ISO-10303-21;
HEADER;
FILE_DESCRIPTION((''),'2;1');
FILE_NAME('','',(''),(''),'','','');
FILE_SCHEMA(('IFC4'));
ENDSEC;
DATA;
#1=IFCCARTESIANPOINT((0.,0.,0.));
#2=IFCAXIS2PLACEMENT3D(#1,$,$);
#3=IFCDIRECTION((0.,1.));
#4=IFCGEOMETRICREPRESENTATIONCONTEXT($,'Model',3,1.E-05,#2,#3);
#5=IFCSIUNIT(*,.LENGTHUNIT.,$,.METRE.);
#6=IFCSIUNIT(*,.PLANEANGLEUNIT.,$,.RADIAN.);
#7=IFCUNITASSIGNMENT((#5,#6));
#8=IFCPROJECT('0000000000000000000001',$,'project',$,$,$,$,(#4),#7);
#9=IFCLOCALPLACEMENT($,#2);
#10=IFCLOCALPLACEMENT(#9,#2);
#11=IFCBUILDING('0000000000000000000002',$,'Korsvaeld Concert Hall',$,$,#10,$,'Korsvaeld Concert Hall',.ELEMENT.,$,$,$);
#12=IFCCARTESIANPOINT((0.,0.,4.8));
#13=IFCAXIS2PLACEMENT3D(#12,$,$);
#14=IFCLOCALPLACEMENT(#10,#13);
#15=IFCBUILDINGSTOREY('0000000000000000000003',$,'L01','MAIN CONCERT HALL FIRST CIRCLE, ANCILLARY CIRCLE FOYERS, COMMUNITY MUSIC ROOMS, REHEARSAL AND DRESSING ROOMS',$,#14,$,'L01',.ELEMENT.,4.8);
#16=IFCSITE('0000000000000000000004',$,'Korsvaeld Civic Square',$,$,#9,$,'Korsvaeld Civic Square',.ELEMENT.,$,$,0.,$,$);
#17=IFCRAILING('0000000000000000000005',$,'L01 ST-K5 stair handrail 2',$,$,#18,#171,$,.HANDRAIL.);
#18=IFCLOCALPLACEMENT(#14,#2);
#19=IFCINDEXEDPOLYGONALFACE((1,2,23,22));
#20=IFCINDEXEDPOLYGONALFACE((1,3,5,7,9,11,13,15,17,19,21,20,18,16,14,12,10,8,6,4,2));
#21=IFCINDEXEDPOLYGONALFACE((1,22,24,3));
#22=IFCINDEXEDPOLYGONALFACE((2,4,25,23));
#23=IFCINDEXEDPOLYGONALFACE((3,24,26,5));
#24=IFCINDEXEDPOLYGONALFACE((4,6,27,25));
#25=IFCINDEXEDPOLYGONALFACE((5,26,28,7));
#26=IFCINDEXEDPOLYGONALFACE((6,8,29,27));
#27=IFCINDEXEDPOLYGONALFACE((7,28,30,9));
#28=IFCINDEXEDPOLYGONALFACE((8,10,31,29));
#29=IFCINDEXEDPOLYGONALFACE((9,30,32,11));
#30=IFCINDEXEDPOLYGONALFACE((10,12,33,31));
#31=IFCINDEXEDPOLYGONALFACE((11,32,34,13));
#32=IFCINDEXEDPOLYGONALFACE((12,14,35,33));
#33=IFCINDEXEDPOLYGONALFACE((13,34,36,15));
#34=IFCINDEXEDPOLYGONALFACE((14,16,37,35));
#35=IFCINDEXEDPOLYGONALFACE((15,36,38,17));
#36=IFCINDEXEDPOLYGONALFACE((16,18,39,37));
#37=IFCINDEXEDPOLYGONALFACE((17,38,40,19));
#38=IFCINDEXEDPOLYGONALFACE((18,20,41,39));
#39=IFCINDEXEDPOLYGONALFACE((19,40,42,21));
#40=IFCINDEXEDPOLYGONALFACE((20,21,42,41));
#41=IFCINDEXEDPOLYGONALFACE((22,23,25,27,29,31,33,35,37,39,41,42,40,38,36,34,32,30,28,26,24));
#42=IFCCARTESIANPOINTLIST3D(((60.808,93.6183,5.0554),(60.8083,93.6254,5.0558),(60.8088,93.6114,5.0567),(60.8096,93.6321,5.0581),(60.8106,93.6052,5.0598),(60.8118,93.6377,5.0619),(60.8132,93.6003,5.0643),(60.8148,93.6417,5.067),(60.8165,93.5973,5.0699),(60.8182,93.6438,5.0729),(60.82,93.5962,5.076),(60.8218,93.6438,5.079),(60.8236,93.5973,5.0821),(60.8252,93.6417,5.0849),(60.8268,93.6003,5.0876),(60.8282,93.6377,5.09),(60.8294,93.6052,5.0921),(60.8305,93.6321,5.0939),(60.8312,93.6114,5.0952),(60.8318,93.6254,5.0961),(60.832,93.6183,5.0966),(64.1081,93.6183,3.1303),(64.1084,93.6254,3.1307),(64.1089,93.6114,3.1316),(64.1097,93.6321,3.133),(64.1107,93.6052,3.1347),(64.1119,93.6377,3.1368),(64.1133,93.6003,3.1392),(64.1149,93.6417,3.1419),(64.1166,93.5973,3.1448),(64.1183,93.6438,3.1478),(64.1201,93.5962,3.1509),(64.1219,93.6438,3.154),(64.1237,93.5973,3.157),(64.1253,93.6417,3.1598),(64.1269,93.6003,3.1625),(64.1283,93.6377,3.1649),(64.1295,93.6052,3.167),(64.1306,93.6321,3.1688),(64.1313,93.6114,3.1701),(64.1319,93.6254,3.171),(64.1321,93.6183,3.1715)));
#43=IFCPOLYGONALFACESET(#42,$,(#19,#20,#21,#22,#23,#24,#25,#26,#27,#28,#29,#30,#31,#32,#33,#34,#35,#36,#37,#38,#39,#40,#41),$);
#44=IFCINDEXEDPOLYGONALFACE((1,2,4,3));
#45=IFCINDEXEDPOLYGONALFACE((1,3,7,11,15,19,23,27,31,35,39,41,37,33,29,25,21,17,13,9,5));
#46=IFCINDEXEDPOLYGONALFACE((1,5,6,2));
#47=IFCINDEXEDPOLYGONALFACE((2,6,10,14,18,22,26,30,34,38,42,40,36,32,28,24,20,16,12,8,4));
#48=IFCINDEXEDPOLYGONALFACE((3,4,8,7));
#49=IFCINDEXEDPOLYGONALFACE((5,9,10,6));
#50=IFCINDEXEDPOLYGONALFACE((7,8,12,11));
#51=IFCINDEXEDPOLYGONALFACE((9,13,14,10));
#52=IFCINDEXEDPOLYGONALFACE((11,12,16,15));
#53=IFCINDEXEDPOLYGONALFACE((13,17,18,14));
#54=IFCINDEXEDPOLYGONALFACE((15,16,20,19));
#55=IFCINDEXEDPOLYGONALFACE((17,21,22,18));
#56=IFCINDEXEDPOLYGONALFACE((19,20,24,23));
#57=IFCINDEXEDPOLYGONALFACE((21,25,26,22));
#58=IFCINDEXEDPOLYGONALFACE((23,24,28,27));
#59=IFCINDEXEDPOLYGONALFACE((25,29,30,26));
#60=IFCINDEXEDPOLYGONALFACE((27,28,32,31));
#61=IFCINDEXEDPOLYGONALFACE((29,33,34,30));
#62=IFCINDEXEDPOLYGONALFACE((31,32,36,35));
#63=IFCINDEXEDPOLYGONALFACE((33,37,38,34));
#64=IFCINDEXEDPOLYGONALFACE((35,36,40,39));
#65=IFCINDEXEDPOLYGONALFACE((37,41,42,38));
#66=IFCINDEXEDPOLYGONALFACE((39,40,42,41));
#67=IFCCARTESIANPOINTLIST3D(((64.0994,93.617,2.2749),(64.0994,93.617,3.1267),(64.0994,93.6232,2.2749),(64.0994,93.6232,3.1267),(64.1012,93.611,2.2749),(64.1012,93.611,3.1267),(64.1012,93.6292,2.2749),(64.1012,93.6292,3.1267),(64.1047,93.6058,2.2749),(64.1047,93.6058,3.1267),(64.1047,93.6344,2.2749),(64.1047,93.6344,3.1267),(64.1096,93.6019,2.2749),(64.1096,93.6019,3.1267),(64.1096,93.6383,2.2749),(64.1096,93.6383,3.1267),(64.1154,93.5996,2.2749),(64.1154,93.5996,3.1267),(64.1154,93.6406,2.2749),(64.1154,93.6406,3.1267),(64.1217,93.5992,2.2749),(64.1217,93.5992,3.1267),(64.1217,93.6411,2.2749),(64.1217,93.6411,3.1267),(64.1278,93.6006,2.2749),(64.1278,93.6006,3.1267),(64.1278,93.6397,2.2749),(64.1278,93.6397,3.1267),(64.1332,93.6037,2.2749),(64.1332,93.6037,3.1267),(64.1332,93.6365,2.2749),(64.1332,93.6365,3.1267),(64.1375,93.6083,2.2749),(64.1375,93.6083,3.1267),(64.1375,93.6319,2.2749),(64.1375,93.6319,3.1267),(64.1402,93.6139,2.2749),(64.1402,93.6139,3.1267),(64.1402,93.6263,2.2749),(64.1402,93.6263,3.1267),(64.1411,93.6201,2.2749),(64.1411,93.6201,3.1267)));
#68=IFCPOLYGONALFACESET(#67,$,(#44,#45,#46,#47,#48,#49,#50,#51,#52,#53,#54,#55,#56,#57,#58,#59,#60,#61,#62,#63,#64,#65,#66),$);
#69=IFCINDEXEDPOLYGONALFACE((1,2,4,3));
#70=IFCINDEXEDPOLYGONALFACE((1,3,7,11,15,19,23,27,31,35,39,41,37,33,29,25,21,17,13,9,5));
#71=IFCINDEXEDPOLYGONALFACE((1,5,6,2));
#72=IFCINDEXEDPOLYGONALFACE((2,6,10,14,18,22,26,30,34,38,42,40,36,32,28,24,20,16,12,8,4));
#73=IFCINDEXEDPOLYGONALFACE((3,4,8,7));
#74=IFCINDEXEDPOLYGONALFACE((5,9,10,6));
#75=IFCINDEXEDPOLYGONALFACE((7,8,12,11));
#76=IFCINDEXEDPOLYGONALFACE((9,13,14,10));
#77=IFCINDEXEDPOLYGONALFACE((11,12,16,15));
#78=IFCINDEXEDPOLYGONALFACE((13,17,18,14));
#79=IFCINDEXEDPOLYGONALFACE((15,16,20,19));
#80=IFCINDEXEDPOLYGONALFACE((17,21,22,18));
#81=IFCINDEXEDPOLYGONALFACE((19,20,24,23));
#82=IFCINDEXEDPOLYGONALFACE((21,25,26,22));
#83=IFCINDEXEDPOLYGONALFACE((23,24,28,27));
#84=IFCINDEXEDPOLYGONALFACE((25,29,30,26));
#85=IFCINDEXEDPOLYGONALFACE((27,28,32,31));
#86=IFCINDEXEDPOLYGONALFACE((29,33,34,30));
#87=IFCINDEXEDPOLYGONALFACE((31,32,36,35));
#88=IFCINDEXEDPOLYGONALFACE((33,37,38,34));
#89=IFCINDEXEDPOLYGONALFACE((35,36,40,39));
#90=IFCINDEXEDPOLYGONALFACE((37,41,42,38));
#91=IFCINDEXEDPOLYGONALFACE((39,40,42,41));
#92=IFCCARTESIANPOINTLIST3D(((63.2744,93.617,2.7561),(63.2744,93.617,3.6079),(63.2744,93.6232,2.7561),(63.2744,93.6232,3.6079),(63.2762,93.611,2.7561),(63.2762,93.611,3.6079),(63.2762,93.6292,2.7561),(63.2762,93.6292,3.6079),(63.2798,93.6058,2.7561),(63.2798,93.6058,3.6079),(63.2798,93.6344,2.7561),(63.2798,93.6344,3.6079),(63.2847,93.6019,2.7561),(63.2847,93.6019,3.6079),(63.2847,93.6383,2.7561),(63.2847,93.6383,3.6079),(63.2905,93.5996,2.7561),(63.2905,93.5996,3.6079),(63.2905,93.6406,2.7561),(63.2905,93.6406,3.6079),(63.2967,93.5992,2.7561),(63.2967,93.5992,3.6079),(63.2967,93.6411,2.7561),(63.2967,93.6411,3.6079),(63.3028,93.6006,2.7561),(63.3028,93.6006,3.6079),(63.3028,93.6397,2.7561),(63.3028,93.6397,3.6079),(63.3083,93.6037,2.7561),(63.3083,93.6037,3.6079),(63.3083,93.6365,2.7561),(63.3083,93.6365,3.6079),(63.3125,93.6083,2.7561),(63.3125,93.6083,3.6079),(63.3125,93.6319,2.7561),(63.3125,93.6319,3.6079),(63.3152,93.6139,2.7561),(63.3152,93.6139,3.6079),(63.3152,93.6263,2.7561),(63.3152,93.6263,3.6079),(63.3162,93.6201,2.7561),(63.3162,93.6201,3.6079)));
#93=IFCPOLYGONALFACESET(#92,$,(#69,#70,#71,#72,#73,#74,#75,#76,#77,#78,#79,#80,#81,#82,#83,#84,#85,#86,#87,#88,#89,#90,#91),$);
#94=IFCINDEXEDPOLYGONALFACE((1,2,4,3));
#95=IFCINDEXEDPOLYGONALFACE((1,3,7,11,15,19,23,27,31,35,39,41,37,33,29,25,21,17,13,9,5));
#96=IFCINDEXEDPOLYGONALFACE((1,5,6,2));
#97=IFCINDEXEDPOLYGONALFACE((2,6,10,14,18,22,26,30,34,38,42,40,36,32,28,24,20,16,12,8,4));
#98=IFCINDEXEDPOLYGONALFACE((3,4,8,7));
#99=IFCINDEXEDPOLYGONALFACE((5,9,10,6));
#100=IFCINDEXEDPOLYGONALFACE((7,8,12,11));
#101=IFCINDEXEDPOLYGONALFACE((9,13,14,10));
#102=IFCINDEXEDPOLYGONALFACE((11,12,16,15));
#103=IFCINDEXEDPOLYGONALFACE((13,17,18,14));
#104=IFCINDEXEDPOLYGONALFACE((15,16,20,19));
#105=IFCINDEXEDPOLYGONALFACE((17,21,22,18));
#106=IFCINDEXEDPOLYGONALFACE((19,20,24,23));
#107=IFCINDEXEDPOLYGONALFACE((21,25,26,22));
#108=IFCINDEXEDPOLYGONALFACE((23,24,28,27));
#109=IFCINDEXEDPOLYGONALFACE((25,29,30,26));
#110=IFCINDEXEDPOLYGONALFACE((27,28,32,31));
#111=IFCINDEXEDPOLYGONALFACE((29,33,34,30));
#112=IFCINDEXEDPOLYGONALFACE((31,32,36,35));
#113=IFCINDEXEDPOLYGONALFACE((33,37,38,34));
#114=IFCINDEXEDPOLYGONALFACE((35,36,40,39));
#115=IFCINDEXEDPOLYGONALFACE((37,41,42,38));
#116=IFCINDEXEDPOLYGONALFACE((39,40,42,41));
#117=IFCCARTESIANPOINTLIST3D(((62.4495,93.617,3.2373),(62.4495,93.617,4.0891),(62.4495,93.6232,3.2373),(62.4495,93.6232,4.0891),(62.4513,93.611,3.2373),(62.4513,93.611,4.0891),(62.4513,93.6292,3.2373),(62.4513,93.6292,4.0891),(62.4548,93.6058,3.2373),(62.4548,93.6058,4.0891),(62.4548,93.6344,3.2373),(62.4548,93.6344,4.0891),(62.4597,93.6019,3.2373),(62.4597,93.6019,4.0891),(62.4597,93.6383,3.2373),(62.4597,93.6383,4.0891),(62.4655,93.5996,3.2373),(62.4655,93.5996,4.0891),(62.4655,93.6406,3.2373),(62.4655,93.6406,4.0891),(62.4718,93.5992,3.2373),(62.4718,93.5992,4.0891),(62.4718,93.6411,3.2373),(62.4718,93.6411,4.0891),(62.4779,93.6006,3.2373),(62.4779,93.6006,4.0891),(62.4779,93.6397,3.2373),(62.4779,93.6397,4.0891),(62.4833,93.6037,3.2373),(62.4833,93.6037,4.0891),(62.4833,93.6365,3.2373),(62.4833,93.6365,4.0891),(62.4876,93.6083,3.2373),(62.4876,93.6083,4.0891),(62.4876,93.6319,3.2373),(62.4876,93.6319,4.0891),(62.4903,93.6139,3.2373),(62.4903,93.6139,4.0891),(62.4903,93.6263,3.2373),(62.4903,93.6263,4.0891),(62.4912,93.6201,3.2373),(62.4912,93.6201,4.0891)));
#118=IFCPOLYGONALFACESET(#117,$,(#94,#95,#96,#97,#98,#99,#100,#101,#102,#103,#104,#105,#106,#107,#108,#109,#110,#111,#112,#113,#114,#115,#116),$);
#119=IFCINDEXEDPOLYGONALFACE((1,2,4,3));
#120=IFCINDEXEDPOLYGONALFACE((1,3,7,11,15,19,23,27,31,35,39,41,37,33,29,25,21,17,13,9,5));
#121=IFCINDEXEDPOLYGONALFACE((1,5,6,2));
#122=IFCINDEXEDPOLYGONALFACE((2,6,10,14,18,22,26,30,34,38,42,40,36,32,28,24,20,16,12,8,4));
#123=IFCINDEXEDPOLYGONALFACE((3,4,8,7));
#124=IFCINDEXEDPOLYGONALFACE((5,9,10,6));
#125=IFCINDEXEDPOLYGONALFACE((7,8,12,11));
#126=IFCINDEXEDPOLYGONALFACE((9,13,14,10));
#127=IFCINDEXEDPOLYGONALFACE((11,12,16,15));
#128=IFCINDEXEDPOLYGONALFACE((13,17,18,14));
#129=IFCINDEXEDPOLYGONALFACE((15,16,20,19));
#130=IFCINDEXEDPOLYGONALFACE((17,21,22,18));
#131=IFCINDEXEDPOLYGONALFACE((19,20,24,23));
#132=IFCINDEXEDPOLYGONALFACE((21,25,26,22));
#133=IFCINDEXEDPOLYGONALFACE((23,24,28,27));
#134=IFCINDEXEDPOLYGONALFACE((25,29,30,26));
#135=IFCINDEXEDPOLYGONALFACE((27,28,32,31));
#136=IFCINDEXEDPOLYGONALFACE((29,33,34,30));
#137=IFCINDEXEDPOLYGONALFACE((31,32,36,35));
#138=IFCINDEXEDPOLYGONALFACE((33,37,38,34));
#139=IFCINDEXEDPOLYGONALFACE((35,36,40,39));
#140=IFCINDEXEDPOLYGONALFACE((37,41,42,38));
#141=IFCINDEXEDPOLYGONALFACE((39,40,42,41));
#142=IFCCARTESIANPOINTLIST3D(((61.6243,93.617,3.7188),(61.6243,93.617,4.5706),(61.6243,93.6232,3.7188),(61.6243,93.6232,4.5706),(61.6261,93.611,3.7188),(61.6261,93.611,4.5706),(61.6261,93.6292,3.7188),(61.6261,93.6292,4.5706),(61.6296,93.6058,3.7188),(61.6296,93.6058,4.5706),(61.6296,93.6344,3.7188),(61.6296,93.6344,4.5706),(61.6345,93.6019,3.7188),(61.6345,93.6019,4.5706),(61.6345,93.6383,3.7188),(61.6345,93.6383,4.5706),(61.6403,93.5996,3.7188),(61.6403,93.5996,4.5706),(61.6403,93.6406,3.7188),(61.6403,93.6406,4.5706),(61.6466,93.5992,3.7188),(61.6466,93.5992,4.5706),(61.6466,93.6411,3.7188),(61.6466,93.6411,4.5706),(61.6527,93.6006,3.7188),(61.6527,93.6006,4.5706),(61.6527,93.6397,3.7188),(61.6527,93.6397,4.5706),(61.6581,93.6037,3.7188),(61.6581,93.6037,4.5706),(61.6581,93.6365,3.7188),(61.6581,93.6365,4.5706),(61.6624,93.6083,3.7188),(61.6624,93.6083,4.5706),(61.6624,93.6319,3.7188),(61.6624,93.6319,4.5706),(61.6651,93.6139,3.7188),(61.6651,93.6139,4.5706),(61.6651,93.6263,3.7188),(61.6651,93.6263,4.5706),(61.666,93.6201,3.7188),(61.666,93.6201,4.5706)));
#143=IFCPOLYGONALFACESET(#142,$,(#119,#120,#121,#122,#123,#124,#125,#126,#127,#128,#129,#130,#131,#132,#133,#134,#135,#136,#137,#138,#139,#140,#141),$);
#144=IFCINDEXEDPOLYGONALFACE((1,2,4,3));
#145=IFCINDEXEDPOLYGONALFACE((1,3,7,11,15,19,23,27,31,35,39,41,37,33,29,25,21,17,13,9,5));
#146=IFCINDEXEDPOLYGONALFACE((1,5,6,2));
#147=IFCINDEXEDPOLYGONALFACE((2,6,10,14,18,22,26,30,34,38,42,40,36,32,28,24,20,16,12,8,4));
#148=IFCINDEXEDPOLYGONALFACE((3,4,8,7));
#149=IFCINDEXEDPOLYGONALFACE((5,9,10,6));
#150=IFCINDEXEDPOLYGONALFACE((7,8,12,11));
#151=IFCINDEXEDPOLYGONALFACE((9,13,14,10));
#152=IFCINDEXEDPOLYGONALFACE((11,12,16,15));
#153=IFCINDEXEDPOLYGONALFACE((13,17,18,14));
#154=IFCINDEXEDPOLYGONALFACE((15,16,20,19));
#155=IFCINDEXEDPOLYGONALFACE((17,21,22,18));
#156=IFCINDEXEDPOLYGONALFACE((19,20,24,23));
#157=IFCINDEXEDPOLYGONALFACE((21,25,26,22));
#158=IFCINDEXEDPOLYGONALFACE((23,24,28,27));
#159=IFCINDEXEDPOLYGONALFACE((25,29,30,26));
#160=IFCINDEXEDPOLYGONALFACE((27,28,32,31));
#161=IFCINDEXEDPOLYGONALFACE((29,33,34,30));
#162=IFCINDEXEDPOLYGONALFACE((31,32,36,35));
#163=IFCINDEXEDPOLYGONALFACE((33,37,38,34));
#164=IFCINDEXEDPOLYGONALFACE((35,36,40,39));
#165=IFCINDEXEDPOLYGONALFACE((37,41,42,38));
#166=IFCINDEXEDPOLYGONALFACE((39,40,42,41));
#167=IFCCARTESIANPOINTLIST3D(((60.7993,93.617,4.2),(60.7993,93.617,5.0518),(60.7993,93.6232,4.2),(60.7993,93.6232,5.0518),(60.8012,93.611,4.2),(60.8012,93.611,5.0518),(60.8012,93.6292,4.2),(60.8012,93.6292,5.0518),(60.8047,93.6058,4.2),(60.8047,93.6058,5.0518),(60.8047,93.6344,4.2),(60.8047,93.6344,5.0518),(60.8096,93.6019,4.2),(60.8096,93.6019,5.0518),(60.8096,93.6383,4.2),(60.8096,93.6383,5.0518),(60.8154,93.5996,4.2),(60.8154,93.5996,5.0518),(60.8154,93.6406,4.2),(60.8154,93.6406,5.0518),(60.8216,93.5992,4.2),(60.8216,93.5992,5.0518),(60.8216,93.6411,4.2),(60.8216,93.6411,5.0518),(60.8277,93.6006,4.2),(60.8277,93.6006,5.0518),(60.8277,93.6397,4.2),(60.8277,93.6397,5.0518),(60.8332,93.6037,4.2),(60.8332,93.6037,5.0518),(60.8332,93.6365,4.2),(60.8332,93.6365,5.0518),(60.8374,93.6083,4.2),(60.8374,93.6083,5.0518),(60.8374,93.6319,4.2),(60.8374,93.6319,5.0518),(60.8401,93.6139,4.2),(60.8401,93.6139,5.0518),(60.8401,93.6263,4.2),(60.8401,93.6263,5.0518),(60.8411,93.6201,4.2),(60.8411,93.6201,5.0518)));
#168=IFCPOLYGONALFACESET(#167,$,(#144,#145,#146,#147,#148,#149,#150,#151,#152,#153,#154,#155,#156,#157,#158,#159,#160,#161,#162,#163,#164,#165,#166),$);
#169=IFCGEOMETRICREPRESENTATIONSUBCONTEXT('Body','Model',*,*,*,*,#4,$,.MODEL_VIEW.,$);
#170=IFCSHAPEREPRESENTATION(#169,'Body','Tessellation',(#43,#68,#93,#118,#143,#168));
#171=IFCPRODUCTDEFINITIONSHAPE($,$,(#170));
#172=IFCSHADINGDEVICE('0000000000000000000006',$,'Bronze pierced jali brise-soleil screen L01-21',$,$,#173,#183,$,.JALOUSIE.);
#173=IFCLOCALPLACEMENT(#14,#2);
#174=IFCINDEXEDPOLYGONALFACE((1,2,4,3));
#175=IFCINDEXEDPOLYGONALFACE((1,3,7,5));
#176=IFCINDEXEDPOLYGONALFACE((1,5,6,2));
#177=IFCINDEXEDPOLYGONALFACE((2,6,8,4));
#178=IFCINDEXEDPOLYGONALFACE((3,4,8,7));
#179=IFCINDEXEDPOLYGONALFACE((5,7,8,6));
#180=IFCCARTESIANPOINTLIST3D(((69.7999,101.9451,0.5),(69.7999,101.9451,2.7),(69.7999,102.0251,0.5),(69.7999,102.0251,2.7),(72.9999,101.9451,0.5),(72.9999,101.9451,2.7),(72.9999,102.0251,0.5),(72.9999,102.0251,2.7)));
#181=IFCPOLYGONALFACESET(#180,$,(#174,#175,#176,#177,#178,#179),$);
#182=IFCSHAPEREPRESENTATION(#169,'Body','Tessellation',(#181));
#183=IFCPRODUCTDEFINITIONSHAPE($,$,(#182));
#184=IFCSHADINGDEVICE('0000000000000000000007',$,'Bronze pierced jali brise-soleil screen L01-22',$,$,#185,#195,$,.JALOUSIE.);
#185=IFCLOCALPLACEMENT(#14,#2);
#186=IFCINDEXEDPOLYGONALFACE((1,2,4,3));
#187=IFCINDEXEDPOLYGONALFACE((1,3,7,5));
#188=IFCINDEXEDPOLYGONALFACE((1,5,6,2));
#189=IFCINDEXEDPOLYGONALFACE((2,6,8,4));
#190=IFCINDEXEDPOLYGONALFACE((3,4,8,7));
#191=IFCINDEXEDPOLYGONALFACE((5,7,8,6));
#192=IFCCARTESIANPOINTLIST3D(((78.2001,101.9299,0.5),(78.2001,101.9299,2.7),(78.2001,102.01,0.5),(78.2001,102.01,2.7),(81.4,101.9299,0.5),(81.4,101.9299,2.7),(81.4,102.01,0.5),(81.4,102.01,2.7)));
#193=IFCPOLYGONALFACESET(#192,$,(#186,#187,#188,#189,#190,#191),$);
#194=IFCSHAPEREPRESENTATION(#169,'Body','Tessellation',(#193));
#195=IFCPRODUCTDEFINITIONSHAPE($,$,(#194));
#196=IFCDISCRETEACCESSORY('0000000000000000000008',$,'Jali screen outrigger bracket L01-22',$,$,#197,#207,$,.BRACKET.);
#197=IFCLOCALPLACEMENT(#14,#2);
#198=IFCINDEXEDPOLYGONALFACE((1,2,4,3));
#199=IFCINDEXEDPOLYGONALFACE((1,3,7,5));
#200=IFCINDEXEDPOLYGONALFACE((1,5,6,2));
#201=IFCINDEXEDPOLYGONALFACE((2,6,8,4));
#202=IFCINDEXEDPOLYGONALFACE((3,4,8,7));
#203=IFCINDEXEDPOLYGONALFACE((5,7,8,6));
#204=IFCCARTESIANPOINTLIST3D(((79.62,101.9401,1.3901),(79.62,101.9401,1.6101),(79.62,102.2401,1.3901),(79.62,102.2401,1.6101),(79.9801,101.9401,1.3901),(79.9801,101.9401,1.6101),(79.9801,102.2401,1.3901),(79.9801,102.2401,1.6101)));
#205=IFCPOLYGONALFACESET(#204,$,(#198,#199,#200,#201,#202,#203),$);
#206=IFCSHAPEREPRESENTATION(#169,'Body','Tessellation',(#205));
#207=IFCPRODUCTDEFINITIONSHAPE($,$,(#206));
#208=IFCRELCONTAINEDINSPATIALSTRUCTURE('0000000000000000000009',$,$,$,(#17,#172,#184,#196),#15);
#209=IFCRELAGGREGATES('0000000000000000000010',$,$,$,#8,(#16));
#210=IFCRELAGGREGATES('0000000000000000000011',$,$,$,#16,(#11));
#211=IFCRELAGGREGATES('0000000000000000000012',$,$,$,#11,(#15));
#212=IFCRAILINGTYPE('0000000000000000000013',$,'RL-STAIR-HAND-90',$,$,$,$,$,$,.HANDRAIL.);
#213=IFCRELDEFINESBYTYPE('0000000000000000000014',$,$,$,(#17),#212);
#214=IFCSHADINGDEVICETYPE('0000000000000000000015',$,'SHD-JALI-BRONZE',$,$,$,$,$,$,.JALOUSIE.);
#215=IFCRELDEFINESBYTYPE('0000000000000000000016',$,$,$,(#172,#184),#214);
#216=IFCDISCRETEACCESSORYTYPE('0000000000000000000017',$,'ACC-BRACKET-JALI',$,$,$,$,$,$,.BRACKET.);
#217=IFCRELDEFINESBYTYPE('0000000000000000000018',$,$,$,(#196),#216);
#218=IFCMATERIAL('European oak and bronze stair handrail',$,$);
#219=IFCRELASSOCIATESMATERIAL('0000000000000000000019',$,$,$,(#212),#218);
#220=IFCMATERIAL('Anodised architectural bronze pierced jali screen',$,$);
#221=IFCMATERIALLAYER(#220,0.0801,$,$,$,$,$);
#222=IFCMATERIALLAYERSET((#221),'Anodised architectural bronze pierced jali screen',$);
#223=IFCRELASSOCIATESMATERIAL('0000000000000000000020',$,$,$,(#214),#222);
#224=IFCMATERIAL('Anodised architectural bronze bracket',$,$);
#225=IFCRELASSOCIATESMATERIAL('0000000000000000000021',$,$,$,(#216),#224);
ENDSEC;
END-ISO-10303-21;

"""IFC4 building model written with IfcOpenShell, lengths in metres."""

from ifc_helpers import new_model, si_unit, direction, frame, origin, origin_2d, place, context, subcontext, project, spatial, rectangle, circle, extrude, material, layer, layer_set, type_object, element, save


model = new_model("IFC4")

# Units and contexts
model_context = context("Model", 3, precision=1e-05, world=origin(), true_north=direction((0.0, 1.0)))
body_context = subcontext(model_context, "Body", "Model", "MODEL_VIEW")
ifc_project = project(units=[si_unit("LENGTHUNIT", "METRE"), si_unit("PLANEANGLEUNIT", "RADIAN")], contexts=[model_context])

# Site, building, storey
site_placement = place(None, origin())
site = spatial("IfcSite", under=ifc_project, at=site_placement, Name="Korsvaeld Civic Square", LongName="Korsvaeld Civic Square", CompositionType="ELEMENT", RefElevation=0.0)
building_placement = place(site_placement, origin())
building = spatial("IfcBuilding", under=site, at=building_placement, Name="Korsvaeld Concert Hall", LongName="Korsvaeld Concert Hall", CompositionType="ELEMENT")
storey_placement = place(building_placement, frame((0.0, 0.0, 4.8)))
storey = spatial("IfcBuildingStorey", under=building, at=storey_placement, Name="L01", Description="MAIN CONCERT HALL FIRST CIRCLE, ANCILLARY CIRCLE FOYERS, COMMUNITY MUSIC ROOMS, REHEARSAL AND DRESSING ROOMS", LongName="L01", CompositionType="ELEMENT", Elevation=4.8)

# Railing
ifc_material_1 = material(Name="European oak and bronze stair handrail")
railing_type_1 = type_object("IfcRailingType", Name="RL-STAIR-HAND-90", PredefinedType="HANDRAIL", material=ifc_material_1)
railing_1_placement = place(storey_placement, frame((64.1201, 93.6201, 2.2749)))
element("IfcRailing", 1, at=railing_1_placement, inside=storey, type_object=railing_type_1, Name="L01 ST-K5 stair handrail 2", PredefinedType="HANDRAIL", context=body_context, shape_type="SweptSolid", body=[
    extrude(circle(Radius=0.0239, at=origin_2d()), frame((0.0, 0.0, 0.876), z_axis=(-0.863777, 0.0, 0.503875), x_axis=(0.0, -1.0, 0.0)), (0.0, 0.0, 1.0), 3.8206),
    extrude(circle(Radius=0.021, at=origin_2d()), origin(), (0.0, 0.0, 1.0), 0.8518),
    extrude(circle(Radius=0.021, at=origin_2d()), frame((-0.825, 0.0, 0.4812)), (0.0, 0.0, 1.0), 0.8518),
    extrude(circle(Radius=0.021, at=origin_2d()), frame((-1.6499, 0.0, 0.9624)), (0.0, 0.0, 1.0), 0.8518),
    extrude(circle(Radius=0.021, at=origin_2d()), frame((-2.4751, 0.0, 1.4438)), (0.0, 0.0, 1.0), 0.8518),
    extrude(circle(Radius=0.021, at=origin_2d()), frame((-3.3, 0.0, 1.925)), (0.0, 0.0, 1.0), 0.8518),
])

# Shading devices
ifc_material_2 = material(Name="Anodised architectural bronze pierced jali screen")
ifc_layer_1 = layer(ifc_material_2, 0.0801)
ifc_layer_set_1 = layer_set([ifc_layer_1], Name="Anodised architectural bronze pierced jali screen")
shading_device_type = type_object("IfcShadingDeviceType", Name="SHD-JALI-BRONZE", PredefinedType="JALOUSIE", material=ifc_layer_set_1)
for number, where, z_axis, x_axis, name in (
    (2, (71.3999, 101.9851, 0.5), (0.0, 0.0, 1.0), (1.0, 0.0, 0.0), "Bronze pierced jali brise-soleil screen L01-21"),
    (3, (79.8, 101.97, 0.5), (0.0, 0.0, 1.0), (1.0, 0.0, 0.0), "Bronze pierced jali brise-soleil screen L01-22"),
):
    element("IfcShadingDevice", number, at=place(storey_placement, frame(where, z_axis=z_axis, x_axis=x_axis)), inside=storey, type_object=shading_device_type, Name=name, PredefinedType="JALOUSIE", context=body_context, shape_type="SweptSolid", body=[
        extrude(rectangle(XDim=3.2, YDim=0.0801, at=origin_2d()), origin(), (0.0, 0.0, 1.0), 2.2),
    ])

# Discrete accessory
ifc_material_3 = material(Name="Anodised architectural bronze bracket")
discrete_accessory_type = type_object("IfcDiscreteAccessoryType", Name="ACC-BRACKET-JALI", PredefinedType="BRACKET", material=ifc_material_3)
discrete_accessory_placement = place(storey_placement, frame((79.8, 102.0901, 1.3901), z_axis=(0.0, 0.0, 1.0), x_axis=(1.0, 0.0, 0.0)))
element("IfcDiscreteAccessory", 4, at=discrete_accessory_placement, inside=storey, type_object=discrete_accessory_type, Name="Jali screen outrigger bracket L01-22", PredefinedType="BRACKET", context=body_context, shape_type="SweptSolid", body=[
    extrude(rectangle(XDim=0.3601, YDim=0.3, at=origin_2d()), origin(), (0.0, 0.0, 1.0), 0.22),
])

save(model, "model.ifc")
